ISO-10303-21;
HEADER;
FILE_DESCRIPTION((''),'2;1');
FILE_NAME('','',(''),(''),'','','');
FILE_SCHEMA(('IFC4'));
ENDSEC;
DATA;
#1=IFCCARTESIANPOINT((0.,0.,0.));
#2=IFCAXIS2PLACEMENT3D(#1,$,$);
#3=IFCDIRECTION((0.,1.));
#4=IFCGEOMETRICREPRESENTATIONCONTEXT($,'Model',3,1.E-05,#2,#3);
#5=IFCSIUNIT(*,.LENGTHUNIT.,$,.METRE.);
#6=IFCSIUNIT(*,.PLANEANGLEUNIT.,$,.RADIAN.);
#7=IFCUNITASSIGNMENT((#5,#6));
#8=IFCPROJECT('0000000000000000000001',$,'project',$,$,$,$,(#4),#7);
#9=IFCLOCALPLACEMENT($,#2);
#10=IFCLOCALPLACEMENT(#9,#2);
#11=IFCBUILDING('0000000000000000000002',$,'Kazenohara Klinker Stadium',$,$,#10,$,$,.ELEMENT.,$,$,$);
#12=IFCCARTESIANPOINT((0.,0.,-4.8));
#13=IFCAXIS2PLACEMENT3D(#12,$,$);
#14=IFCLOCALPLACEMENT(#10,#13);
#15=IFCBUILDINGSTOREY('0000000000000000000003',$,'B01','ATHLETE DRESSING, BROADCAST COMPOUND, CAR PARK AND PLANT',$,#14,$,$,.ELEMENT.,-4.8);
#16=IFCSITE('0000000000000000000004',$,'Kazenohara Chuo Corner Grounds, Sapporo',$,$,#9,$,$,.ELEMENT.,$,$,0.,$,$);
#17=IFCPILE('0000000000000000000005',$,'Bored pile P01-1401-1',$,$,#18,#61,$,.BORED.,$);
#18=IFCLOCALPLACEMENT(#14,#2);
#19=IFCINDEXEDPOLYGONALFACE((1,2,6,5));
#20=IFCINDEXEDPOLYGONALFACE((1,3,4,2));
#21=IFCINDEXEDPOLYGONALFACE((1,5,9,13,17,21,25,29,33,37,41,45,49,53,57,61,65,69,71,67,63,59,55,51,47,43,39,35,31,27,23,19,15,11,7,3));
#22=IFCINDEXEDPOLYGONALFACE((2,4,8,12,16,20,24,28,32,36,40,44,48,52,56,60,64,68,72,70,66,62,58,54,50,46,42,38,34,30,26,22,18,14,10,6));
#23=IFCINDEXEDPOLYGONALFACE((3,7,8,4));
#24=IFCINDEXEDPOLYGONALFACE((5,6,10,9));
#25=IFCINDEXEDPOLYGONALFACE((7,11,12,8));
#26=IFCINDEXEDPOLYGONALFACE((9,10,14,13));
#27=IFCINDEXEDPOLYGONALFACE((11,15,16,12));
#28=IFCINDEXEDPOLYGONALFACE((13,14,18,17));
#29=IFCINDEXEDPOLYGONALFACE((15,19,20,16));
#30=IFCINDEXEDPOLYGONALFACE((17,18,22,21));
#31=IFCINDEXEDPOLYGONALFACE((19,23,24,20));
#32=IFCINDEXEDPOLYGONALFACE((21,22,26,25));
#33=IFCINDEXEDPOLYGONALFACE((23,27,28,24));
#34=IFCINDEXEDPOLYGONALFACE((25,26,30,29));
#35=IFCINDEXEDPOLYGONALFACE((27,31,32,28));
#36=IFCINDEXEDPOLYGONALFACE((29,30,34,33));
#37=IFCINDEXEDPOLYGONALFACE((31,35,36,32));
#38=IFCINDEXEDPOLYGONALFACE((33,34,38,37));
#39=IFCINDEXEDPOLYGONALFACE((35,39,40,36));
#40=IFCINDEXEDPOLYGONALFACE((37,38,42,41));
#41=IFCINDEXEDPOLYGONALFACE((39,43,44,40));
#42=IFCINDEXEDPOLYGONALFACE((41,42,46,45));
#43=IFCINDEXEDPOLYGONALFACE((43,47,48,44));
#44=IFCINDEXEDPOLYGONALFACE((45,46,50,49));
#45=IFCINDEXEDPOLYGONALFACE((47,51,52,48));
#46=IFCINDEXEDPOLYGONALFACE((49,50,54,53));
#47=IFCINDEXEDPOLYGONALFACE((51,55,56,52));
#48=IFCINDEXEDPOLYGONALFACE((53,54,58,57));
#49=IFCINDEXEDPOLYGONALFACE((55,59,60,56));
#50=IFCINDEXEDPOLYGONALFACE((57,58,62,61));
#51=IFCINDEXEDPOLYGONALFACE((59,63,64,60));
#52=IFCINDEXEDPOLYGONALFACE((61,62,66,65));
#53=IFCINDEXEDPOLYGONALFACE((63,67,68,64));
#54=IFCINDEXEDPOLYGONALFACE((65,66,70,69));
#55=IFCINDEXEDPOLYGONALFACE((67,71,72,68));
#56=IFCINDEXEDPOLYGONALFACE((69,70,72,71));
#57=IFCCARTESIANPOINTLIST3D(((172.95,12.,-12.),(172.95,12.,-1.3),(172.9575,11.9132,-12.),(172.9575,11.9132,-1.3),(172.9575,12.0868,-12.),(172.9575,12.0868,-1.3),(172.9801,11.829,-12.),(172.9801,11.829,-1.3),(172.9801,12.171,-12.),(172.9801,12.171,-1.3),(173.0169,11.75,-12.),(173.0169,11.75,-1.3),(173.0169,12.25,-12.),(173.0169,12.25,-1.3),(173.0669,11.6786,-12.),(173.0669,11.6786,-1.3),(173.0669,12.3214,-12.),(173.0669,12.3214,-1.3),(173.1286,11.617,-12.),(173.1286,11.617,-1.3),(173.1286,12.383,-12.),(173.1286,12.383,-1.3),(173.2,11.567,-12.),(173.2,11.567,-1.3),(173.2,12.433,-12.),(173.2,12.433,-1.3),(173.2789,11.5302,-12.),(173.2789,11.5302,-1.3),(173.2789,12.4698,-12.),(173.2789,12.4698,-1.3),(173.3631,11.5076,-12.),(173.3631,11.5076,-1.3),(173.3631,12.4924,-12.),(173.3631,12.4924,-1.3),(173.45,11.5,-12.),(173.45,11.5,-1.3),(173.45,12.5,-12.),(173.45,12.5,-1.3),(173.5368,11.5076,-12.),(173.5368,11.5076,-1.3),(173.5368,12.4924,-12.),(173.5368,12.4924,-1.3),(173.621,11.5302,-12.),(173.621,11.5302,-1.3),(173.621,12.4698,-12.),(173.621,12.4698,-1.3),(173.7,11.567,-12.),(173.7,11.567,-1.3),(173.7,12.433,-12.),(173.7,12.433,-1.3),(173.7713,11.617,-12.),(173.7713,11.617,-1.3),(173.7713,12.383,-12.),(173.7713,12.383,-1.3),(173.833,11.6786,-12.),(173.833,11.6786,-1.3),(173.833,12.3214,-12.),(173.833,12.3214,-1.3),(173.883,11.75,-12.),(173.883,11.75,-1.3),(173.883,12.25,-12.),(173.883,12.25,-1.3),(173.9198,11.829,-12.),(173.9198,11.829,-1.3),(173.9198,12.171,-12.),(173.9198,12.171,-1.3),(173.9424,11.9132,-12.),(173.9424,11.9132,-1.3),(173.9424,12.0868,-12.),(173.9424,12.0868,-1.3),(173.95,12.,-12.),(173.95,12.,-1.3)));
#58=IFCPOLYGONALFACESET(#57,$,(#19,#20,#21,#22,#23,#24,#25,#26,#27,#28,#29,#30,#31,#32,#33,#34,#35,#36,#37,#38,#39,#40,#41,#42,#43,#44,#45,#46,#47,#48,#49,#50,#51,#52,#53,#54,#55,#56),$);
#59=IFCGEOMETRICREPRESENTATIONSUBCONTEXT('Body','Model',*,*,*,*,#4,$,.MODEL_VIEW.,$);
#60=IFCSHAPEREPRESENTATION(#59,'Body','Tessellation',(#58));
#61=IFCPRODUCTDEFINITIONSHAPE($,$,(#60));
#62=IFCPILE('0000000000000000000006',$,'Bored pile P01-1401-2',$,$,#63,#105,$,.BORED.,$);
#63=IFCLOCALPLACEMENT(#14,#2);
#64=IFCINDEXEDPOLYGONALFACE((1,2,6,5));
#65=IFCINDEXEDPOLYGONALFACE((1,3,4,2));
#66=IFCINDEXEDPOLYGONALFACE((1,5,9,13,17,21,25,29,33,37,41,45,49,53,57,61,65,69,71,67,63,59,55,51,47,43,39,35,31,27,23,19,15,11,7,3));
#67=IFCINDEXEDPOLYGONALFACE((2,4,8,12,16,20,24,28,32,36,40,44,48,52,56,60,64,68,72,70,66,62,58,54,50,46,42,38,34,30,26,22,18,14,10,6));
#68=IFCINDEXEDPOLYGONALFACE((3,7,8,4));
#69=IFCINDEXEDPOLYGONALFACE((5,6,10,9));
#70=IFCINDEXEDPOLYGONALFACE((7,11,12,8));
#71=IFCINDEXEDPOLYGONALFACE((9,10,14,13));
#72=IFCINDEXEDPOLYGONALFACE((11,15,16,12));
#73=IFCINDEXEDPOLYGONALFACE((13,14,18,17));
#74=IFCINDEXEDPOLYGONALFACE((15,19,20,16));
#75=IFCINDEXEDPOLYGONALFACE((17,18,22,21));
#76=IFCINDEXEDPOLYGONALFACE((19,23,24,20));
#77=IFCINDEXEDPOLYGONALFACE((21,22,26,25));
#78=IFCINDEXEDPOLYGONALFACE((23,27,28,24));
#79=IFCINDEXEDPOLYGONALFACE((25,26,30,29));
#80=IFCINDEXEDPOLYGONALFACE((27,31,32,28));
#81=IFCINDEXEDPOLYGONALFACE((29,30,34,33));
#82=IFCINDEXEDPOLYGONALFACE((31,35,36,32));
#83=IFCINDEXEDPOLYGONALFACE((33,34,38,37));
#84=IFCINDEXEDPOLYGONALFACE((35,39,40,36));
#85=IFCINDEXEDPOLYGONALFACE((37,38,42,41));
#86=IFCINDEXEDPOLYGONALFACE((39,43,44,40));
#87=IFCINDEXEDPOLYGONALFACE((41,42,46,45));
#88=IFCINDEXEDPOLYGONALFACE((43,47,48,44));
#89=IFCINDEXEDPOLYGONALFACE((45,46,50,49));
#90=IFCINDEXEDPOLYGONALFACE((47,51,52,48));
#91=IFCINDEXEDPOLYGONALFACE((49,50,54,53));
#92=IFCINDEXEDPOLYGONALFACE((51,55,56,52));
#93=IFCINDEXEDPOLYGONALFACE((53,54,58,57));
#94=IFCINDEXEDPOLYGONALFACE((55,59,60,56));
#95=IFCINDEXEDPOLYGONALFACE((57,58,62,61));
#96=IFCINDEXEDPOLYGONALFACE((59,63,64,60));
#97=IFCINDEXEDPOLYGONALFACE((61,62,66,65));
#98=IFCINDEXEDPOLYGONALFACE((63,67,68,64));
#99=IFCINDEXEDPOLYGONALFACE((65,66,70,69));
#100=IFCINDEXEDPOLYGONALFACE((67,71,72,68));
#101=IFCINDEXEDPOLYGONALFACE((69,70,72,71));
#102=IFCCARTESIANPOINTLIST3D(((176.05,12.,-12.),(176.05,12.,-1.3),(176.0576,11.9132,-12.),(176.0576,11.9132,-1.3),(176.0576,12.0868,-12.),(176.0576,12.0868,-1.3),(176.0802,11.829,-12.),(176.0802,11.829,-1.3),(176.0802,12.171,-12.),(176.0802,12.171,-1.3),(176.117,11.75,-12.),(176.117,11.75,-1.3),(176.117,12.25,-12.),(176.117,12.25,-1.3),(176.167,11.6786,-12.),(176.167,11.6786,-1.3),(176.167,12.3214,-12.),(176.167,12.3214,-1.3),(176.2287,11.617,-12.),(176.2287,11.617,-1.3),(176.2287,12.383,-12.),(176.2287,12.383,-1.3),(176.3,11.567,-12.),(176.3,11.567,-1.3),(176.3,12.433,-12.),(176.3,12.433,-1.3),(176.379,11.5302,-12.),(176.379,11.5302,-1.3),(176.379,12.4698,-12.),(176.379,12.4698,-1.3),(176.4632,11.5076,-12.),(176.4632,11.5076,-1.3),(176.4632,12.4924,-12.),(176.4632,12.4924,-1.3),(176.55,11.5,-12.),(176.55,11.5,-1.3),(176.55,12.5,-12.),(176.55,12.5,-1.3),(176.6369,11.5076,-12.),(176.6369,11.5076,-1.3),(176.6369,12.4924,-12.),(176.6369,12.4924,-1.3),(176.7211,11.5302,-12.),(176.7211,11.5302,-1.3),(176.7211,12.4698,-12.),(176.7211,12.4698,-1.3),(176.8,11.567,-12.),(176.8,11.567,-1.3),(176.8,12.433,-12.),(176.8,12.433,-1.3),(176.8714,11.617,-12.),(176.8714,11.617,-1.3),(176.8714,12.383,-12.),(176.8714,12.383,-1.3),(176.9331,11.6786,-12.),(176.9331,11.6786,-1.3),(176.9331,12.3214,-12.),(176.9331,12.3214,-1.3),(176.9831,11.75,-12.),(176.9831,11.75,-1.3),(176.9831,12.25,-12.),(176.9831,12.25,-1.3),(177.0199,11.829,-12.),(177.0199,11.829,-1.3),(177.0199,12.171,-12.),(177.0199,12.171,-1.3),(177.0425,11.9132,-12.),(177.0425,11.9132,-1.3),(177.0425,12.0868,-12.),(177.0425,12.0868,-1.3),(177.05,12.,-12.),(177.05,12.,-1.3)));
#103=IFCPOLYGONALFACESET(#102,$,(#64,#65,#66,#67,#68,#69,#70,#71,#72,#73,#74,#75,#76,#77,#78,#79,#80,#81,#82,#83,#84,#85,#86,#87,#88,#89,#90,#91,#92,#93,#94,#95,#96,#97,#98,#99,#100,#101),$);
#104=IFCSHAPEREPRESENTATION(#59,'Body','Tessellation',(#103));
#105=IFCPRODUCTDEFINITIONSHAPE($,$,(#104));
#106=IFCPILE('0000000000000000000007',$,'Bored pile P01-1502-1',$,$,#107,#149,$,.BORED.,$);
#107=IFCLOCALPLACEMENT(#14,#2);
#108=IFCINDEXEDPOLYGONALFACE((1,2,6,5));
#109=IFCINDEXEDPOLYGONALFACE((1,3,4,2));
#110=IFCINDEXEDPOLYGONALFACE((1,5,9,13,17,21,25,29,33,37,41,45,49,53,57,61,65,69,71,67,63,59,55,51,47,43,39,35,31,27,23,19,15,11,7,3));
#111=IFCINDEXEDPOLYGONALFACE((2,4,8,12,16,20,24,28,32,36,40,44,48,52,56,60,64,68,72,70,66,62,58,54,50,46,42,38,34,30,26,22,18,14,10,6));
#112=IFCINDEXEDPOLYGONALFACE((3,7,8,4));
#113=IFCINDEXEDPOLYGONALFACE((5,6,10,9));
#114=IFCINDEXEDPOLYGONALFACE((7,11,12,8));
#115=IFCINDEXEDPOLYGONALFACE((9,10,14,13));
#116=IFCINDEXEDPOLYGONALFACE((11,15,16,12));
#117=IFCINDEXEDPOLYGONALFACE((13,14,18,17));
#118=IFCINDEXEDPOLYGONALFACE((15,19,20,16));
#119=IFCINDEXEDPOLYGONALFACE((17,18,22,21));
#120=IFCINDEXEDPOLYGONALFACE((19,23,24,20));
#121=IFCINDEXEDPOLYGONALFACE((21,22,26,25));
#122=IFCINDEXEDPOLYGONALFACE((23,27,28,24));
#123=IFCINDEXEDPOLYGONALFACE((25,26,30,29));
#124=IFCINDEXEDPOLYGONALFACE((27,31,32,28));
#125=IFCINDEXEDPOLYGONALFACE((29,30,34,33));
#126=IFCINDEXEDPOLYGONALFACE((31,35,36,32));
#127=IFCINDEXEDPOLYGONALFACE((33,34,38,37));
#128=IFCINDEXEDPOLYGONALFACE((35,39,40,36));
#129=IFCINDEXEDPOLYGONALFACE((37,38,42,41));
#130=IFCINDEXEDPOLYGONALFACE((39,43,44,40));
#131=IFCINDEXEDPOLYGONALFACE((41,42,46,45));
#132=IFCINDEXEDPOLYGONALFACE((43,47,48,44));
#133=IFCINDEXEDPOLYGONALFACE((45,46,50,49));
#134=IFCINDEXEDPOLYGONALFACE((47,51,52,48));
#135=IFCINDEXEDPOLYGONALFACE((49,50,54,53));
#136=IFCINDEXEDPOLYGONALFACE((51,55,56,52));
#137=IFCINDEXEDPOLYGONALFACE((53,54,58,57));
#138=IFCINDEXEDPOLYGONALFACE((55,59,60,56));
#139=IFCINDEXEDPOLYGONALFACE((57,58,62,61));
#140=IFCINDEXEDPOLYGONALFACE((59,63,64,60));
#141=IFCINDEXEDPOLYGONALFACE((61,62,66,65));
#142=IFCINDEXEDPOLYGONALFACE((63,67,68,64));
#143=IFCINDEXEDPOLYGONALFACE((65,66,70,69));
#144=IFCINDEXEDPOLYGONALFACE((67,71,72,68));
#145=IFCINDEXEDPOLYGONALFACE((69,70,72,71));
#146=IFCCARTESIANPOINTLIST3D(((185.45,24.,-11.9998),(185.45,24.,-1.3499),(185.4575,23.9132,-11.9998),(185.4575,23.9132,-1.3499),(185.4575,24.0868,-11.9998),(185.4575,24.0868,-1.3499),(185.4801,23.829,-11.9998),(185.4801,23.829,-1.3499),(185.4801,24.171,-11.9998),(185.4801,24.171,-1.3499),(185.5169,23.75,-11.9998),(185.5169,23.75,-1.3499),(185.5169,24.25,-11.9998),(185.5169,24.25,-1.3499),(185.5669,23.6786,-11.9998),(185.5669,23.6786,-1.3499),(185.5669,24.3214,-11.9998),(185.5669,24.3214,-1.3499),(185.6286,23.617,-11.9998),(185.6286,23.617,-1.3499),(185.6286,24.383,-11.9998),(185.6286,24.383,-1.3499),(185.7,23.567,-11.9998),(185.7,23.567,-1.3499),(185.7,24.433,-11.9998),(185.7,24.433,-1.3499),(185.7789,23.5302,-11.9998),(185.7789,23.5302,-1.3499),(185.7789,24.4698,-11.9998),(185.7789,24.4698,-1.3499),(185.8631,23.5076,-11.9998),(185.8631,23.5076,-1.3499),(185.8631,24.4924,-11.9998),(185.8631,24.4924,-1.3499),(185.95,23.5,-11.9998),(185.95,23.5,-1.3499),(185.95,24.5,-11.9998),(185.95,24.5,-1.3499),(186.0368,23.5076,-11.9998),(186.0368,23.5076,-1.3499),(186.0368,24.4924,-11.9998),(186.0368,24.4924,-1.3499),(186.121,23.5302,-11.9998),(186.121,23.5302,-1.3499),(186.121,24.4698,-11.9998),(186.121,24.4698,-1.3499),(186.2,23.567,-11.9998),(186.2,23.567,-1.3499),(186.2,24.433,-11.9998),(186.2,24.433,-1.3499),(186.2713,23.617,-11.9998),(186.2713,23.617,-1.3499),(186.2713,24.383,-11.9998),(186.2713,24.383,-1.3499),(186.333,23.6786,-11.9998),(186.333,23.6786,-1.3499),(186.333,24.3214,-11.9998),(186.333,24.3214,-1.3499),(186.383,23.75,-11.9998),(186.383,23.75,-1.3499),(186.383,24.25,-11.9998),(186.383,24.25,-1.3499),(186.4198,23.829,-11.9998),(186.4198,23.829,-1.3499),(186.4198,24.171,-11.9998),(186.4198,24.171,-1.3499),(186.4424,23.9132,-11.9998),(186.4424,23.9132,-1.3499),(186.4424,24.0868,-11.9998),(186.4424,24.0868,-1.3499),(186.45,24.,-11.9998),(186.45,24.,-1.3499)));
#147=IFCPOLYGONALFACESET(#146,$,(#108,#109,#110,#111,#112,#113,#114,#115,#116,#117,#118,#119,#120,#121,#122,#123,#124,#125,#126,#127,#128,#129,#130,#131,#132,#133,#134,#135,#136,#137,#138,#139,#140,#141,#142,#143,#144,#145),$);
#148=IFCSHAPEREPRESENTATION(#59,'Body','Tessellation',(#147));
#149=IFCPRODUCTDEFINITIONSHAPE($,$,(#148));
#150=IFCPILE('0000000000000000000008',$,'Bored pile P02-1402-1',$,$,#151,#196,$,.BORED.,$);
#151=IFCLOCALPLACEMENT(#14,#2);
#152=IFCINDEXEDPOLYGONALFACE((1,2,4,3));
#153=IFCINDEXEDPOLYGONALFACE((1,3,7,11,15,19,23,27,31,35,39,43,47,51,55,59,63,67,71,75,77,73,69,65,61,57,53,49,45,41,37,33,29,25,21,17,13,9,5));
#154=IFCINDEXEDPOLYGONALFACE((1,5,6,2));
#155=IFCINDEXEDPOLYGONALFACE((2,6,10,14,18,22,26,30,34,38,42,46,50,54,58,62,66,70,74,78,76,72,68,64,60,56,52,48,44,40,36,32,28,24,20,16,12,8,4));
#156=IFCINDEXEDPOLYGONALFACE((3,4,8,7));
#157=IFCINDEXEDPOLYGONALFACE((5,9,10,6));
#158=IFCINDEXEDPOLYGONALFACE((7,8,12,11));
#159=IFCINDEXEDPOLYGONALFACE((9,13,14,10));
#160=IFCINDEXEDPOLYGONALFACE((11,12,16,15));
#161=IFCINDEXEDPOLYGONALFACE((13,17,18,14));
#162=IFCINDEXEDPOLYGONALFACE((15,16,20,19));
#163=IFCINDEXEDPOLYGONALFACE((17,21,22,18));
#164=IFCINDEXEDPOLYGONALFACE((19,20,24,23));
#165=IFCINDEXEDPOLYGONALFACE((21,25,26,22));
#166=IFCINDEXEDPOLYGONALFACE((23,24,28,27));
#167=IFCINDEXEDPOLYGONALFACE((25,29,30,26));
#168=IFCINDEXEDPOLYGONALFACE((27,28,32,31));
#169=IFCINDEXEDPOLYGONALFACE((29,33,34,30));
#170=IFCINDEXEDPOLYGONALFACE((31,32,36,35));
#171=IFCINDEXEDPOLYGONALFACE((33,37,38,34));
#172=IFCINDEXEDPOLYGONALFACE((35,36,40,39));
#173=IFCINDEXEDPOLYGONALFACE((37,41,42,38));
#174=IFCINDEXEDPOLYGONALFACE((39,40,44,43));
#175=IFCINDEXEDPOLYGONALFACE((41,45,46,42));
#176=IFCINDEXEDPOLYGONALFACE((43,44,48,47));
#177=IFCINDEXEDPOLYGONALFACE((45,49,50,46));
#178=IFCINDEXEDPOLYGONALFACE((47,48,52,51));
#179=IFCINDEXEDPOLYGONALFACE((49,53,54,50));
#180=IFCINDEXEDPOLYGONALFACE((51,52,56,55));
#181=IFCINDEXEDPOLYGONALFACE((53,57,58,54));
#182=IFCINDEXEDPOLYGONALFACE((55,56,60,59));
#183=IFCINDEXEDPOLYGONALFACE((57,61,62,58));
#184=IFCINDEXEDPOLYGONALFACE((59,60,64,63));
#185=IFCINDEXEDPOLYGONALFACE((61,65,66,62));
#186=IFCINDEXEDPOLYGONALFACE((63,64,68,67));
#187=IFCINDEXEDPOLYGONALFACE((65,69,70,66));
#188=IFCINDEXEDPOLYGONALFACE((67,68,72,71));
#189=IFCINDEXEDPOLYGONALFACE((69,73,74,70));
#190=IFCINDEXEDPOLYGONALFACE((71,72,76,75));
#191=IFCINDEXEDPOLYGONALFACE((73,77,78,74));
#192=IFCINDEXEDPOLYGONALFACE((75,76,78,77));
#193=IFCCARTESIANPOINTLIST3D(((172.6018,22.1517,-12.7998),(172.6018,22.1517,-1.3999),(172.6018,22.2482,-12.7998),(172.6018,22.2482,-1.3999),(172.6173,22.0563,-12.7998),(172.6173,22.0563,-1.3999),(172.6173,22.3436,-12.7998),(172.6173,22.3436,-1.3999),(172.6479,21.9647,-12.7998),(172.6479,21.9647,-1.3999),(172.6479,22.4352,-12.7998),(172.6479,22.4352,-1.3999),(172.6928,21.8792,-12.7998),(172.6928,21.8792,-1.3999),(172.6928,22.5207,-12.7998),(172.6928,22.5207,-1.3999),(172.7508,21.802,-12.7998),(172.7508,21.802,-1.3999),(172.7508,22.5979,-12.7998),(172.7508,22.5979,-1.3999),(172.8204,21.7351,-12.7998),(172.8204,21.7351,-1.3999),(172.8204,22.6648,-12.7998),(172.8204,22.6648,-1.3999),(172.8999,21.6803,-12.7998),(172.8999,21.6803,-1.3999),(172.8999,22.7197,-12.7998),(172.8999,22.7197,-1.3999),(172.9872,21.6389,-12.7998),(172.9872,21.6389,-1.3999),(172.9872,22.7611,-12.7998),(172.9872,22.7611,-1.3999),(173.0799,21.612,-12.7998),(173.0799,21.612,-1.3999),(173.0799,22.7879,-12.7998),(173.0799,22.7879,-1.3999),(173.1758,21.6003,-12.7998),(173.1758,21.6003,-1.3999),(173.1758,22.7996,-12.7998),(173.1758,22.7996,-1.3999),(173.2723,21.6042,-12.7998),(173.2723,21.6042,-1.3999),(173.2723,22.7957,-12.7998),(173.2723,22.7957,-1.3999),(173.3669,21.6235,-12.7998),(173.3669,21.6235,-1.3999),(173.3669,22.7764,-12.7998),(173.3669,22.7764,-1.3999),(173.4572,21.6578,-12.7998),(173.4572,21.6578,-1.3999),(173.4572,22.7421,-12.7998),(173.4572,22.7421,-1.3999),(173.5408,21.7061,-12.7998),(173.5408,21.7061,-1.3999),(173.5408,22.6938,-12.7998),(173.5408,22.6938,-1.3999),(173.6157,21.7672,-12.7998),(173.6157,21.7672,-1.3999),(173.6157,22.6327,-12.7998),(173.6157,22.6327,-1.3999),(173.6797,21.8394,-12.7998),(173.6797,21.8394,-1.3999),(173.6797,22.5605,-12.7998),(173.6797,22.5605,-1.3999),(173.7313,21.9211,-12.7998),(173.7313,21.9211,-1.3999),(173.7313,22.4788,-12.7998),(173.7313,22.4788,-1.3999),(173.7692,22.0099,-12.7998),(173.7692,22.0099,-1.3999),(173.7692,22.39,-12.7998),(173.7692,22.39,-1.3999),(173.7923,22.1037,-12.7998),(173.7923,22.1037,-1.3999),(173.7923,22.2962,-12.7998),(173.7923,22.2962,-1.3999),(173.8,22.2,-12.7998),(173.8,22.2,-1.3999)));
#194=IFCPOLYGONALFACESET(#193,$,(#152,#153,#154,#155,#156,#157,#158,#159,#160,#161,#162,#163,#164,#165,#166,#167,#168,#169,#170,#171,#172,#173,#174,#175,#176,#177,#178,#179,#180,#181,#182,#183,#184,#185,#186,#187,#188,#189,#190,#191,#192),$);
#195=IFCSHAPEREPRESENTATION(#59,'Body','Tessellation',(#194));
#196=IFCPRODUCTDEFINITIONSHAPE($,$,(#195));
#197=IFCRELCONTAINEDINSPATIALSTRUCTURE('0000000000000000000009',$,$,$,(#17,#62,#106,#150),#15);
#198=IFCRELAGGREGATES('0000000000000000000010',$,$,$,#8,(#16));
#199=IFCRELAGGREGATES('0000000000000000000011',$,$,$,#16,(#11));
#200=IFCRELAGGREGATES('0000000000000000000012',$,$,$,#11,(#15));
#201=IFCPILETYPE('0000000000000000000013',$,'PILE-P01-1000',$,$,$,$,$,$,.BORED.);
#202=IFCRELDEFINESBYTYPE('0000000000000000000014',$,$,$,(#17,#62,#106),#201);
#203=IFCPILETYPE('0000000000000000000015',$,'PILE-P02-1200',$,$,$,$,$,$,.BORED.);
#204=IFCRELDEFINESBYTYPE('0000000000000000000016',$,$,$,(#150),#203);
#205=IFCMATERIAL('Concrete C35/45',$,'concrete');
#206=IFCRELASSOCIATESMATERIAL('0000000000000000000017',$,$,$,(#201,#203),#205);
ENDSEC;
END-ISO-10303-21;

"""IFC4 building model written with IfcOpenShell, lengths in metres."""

from ifc_helpers import new_model, si_unit, direction, frame, origin, origin_2d, place, context, subcontext, project, spatial, circle, extrude, material, material_profile, profile_set, type_object, element, save


model = new_model("IFC4")

# Units and contexts
model_context = context("Model", 3, precision=1e-05, world=origin(), true_north=direction((0.0, 1.0)))
body_context = subcontext(model_context, "Body", "Model", "MODEL_VIEW")
ifc_project = project(units=[si_unit("LENGTHUNIT", "METRE"), si_unit("PLANEANGLEUNIT", "RADIAN")], contexts=[model_context])

# Site, building, storey
site_placement = place(None, origin())
site = spatial("IfcSite", under=ifc_project, at=site_placement, Name="Kazenohara Chuo Corner Grounds, Sapporo", CompositionType="ELEMENT", RefElevation=0.0)
building_placement = place(site_placement, origin())
building = spatial("IfcBuilding", under=site, at=building_placement, Name="Kazenohara Klinker Stadium", CompositionType="ELEMENT")
storey_placement = place(building_placement, frame((0.0, 0.0, -4.8)))
storey = spatial("IfcBuildingStorey", under=building, at=storey_placement, Name="B01", Description="ATHLETE DRESSING, BROADCAST COMPOUND, CAR PARK AND PLANT", CompositionType="ELEMENT", Elevation=-4.8)

# Shared definitions
ifc_material_1 = material(Name="Concrete C35/45", Category="concrete")

# Piles
ifc_material_profile_1 = material_profile(ifc_material_1, circle(Radius=0.5, at=origin_2d()), Name="BORED-PILE-1000")
ifc_profile_set_1 = profile_set([ifc_material_profile_1], Name="Concrete C35/45")
pile_type_1 = type_object("IfcPileType", Name="PILE-P01-1000", PredefinedType="BORED", material=ifc_profile_set_1)
for number, where, z_axis, x_axis, name in (
    (1, (173.45, 12.0, -1.3), (0.0, 0.0, -1.0), (1.0, 0.0, 0.0), "Bored pile P01-1401-1"),
    (2, (176.55, 12.0, -1.3), (0.0, 0.0, -1.0), (1.0, 0.0, 0.0), "Bored pile P01-1401-2"),
):
    element("IfcPile", number, at=place(storey_placement, frame(where, z_axis=z_axis, x_axis=x_axis)), inside=storey, type_object=pile_type_1, Name=name, PredefinedType="BORED", context=body_context, shape_type="SweptSolid", body=[
        extrude(circle(Radius=0.5, at=origin_2d()), origin(), (0.0, 0.0, 1.0), 10.7),
    ])
pile_1_placement = place(storey_placement, frame((185.95, 24.0, -1.3499), z_axis=(0.0, 0.0, -1.0), x_axis=(1.0, 0.0, 0.0)))
element("IfcPile", 3, at=pile_1_placement, inside=storey, type_object=pile_type_1, Name="Bored pile P01-1502-1", PredefinedType="BORED", context=body_context, shape_type="SweptSolid", body=[
    extrude(circle(Radius=0.5, at=origin_2d()), origin(), (0.0, 0.0, 1.0), 10.6499),
])
ifc_material_profile_2 = material_profile(ifc_material_1, circle(Radius=0.6001, at=origin_2d()), Name="BORED-PILE-1200")
ifc_profile_set_2 = profile_set([ifc_material_profile_2], Name="Concrete C35/45")
pile_type_2 = type_object("IfcPileType", Name="PILE-P02-1200", PredefinedType="BORED", material=ifc_profile_set_2)
for number, where, z_axis, x_axis, name in (
    (4, (173.2, 22.2, -1.3999), (0.0, 0.0, -1.0), (1.0, 0.0, 0.0), "Bored pile P02-1402-1"),
):
    element("IfcPile", number, at=place(storey_placement, frame(where, z_axis=z_axis, x_axis=x_axis)), inside=storey, type_object=pile_type_2, Name=name, PredefinedType="BORED", context=body_context, shape_type="SweptSolid", body=[
        extrude(circle(Radius=0.6001, at=origin_2d()), origin(), (0.0, 0.0, 1.0), 11.3999),
    ])

save(model, "model.ifc")
